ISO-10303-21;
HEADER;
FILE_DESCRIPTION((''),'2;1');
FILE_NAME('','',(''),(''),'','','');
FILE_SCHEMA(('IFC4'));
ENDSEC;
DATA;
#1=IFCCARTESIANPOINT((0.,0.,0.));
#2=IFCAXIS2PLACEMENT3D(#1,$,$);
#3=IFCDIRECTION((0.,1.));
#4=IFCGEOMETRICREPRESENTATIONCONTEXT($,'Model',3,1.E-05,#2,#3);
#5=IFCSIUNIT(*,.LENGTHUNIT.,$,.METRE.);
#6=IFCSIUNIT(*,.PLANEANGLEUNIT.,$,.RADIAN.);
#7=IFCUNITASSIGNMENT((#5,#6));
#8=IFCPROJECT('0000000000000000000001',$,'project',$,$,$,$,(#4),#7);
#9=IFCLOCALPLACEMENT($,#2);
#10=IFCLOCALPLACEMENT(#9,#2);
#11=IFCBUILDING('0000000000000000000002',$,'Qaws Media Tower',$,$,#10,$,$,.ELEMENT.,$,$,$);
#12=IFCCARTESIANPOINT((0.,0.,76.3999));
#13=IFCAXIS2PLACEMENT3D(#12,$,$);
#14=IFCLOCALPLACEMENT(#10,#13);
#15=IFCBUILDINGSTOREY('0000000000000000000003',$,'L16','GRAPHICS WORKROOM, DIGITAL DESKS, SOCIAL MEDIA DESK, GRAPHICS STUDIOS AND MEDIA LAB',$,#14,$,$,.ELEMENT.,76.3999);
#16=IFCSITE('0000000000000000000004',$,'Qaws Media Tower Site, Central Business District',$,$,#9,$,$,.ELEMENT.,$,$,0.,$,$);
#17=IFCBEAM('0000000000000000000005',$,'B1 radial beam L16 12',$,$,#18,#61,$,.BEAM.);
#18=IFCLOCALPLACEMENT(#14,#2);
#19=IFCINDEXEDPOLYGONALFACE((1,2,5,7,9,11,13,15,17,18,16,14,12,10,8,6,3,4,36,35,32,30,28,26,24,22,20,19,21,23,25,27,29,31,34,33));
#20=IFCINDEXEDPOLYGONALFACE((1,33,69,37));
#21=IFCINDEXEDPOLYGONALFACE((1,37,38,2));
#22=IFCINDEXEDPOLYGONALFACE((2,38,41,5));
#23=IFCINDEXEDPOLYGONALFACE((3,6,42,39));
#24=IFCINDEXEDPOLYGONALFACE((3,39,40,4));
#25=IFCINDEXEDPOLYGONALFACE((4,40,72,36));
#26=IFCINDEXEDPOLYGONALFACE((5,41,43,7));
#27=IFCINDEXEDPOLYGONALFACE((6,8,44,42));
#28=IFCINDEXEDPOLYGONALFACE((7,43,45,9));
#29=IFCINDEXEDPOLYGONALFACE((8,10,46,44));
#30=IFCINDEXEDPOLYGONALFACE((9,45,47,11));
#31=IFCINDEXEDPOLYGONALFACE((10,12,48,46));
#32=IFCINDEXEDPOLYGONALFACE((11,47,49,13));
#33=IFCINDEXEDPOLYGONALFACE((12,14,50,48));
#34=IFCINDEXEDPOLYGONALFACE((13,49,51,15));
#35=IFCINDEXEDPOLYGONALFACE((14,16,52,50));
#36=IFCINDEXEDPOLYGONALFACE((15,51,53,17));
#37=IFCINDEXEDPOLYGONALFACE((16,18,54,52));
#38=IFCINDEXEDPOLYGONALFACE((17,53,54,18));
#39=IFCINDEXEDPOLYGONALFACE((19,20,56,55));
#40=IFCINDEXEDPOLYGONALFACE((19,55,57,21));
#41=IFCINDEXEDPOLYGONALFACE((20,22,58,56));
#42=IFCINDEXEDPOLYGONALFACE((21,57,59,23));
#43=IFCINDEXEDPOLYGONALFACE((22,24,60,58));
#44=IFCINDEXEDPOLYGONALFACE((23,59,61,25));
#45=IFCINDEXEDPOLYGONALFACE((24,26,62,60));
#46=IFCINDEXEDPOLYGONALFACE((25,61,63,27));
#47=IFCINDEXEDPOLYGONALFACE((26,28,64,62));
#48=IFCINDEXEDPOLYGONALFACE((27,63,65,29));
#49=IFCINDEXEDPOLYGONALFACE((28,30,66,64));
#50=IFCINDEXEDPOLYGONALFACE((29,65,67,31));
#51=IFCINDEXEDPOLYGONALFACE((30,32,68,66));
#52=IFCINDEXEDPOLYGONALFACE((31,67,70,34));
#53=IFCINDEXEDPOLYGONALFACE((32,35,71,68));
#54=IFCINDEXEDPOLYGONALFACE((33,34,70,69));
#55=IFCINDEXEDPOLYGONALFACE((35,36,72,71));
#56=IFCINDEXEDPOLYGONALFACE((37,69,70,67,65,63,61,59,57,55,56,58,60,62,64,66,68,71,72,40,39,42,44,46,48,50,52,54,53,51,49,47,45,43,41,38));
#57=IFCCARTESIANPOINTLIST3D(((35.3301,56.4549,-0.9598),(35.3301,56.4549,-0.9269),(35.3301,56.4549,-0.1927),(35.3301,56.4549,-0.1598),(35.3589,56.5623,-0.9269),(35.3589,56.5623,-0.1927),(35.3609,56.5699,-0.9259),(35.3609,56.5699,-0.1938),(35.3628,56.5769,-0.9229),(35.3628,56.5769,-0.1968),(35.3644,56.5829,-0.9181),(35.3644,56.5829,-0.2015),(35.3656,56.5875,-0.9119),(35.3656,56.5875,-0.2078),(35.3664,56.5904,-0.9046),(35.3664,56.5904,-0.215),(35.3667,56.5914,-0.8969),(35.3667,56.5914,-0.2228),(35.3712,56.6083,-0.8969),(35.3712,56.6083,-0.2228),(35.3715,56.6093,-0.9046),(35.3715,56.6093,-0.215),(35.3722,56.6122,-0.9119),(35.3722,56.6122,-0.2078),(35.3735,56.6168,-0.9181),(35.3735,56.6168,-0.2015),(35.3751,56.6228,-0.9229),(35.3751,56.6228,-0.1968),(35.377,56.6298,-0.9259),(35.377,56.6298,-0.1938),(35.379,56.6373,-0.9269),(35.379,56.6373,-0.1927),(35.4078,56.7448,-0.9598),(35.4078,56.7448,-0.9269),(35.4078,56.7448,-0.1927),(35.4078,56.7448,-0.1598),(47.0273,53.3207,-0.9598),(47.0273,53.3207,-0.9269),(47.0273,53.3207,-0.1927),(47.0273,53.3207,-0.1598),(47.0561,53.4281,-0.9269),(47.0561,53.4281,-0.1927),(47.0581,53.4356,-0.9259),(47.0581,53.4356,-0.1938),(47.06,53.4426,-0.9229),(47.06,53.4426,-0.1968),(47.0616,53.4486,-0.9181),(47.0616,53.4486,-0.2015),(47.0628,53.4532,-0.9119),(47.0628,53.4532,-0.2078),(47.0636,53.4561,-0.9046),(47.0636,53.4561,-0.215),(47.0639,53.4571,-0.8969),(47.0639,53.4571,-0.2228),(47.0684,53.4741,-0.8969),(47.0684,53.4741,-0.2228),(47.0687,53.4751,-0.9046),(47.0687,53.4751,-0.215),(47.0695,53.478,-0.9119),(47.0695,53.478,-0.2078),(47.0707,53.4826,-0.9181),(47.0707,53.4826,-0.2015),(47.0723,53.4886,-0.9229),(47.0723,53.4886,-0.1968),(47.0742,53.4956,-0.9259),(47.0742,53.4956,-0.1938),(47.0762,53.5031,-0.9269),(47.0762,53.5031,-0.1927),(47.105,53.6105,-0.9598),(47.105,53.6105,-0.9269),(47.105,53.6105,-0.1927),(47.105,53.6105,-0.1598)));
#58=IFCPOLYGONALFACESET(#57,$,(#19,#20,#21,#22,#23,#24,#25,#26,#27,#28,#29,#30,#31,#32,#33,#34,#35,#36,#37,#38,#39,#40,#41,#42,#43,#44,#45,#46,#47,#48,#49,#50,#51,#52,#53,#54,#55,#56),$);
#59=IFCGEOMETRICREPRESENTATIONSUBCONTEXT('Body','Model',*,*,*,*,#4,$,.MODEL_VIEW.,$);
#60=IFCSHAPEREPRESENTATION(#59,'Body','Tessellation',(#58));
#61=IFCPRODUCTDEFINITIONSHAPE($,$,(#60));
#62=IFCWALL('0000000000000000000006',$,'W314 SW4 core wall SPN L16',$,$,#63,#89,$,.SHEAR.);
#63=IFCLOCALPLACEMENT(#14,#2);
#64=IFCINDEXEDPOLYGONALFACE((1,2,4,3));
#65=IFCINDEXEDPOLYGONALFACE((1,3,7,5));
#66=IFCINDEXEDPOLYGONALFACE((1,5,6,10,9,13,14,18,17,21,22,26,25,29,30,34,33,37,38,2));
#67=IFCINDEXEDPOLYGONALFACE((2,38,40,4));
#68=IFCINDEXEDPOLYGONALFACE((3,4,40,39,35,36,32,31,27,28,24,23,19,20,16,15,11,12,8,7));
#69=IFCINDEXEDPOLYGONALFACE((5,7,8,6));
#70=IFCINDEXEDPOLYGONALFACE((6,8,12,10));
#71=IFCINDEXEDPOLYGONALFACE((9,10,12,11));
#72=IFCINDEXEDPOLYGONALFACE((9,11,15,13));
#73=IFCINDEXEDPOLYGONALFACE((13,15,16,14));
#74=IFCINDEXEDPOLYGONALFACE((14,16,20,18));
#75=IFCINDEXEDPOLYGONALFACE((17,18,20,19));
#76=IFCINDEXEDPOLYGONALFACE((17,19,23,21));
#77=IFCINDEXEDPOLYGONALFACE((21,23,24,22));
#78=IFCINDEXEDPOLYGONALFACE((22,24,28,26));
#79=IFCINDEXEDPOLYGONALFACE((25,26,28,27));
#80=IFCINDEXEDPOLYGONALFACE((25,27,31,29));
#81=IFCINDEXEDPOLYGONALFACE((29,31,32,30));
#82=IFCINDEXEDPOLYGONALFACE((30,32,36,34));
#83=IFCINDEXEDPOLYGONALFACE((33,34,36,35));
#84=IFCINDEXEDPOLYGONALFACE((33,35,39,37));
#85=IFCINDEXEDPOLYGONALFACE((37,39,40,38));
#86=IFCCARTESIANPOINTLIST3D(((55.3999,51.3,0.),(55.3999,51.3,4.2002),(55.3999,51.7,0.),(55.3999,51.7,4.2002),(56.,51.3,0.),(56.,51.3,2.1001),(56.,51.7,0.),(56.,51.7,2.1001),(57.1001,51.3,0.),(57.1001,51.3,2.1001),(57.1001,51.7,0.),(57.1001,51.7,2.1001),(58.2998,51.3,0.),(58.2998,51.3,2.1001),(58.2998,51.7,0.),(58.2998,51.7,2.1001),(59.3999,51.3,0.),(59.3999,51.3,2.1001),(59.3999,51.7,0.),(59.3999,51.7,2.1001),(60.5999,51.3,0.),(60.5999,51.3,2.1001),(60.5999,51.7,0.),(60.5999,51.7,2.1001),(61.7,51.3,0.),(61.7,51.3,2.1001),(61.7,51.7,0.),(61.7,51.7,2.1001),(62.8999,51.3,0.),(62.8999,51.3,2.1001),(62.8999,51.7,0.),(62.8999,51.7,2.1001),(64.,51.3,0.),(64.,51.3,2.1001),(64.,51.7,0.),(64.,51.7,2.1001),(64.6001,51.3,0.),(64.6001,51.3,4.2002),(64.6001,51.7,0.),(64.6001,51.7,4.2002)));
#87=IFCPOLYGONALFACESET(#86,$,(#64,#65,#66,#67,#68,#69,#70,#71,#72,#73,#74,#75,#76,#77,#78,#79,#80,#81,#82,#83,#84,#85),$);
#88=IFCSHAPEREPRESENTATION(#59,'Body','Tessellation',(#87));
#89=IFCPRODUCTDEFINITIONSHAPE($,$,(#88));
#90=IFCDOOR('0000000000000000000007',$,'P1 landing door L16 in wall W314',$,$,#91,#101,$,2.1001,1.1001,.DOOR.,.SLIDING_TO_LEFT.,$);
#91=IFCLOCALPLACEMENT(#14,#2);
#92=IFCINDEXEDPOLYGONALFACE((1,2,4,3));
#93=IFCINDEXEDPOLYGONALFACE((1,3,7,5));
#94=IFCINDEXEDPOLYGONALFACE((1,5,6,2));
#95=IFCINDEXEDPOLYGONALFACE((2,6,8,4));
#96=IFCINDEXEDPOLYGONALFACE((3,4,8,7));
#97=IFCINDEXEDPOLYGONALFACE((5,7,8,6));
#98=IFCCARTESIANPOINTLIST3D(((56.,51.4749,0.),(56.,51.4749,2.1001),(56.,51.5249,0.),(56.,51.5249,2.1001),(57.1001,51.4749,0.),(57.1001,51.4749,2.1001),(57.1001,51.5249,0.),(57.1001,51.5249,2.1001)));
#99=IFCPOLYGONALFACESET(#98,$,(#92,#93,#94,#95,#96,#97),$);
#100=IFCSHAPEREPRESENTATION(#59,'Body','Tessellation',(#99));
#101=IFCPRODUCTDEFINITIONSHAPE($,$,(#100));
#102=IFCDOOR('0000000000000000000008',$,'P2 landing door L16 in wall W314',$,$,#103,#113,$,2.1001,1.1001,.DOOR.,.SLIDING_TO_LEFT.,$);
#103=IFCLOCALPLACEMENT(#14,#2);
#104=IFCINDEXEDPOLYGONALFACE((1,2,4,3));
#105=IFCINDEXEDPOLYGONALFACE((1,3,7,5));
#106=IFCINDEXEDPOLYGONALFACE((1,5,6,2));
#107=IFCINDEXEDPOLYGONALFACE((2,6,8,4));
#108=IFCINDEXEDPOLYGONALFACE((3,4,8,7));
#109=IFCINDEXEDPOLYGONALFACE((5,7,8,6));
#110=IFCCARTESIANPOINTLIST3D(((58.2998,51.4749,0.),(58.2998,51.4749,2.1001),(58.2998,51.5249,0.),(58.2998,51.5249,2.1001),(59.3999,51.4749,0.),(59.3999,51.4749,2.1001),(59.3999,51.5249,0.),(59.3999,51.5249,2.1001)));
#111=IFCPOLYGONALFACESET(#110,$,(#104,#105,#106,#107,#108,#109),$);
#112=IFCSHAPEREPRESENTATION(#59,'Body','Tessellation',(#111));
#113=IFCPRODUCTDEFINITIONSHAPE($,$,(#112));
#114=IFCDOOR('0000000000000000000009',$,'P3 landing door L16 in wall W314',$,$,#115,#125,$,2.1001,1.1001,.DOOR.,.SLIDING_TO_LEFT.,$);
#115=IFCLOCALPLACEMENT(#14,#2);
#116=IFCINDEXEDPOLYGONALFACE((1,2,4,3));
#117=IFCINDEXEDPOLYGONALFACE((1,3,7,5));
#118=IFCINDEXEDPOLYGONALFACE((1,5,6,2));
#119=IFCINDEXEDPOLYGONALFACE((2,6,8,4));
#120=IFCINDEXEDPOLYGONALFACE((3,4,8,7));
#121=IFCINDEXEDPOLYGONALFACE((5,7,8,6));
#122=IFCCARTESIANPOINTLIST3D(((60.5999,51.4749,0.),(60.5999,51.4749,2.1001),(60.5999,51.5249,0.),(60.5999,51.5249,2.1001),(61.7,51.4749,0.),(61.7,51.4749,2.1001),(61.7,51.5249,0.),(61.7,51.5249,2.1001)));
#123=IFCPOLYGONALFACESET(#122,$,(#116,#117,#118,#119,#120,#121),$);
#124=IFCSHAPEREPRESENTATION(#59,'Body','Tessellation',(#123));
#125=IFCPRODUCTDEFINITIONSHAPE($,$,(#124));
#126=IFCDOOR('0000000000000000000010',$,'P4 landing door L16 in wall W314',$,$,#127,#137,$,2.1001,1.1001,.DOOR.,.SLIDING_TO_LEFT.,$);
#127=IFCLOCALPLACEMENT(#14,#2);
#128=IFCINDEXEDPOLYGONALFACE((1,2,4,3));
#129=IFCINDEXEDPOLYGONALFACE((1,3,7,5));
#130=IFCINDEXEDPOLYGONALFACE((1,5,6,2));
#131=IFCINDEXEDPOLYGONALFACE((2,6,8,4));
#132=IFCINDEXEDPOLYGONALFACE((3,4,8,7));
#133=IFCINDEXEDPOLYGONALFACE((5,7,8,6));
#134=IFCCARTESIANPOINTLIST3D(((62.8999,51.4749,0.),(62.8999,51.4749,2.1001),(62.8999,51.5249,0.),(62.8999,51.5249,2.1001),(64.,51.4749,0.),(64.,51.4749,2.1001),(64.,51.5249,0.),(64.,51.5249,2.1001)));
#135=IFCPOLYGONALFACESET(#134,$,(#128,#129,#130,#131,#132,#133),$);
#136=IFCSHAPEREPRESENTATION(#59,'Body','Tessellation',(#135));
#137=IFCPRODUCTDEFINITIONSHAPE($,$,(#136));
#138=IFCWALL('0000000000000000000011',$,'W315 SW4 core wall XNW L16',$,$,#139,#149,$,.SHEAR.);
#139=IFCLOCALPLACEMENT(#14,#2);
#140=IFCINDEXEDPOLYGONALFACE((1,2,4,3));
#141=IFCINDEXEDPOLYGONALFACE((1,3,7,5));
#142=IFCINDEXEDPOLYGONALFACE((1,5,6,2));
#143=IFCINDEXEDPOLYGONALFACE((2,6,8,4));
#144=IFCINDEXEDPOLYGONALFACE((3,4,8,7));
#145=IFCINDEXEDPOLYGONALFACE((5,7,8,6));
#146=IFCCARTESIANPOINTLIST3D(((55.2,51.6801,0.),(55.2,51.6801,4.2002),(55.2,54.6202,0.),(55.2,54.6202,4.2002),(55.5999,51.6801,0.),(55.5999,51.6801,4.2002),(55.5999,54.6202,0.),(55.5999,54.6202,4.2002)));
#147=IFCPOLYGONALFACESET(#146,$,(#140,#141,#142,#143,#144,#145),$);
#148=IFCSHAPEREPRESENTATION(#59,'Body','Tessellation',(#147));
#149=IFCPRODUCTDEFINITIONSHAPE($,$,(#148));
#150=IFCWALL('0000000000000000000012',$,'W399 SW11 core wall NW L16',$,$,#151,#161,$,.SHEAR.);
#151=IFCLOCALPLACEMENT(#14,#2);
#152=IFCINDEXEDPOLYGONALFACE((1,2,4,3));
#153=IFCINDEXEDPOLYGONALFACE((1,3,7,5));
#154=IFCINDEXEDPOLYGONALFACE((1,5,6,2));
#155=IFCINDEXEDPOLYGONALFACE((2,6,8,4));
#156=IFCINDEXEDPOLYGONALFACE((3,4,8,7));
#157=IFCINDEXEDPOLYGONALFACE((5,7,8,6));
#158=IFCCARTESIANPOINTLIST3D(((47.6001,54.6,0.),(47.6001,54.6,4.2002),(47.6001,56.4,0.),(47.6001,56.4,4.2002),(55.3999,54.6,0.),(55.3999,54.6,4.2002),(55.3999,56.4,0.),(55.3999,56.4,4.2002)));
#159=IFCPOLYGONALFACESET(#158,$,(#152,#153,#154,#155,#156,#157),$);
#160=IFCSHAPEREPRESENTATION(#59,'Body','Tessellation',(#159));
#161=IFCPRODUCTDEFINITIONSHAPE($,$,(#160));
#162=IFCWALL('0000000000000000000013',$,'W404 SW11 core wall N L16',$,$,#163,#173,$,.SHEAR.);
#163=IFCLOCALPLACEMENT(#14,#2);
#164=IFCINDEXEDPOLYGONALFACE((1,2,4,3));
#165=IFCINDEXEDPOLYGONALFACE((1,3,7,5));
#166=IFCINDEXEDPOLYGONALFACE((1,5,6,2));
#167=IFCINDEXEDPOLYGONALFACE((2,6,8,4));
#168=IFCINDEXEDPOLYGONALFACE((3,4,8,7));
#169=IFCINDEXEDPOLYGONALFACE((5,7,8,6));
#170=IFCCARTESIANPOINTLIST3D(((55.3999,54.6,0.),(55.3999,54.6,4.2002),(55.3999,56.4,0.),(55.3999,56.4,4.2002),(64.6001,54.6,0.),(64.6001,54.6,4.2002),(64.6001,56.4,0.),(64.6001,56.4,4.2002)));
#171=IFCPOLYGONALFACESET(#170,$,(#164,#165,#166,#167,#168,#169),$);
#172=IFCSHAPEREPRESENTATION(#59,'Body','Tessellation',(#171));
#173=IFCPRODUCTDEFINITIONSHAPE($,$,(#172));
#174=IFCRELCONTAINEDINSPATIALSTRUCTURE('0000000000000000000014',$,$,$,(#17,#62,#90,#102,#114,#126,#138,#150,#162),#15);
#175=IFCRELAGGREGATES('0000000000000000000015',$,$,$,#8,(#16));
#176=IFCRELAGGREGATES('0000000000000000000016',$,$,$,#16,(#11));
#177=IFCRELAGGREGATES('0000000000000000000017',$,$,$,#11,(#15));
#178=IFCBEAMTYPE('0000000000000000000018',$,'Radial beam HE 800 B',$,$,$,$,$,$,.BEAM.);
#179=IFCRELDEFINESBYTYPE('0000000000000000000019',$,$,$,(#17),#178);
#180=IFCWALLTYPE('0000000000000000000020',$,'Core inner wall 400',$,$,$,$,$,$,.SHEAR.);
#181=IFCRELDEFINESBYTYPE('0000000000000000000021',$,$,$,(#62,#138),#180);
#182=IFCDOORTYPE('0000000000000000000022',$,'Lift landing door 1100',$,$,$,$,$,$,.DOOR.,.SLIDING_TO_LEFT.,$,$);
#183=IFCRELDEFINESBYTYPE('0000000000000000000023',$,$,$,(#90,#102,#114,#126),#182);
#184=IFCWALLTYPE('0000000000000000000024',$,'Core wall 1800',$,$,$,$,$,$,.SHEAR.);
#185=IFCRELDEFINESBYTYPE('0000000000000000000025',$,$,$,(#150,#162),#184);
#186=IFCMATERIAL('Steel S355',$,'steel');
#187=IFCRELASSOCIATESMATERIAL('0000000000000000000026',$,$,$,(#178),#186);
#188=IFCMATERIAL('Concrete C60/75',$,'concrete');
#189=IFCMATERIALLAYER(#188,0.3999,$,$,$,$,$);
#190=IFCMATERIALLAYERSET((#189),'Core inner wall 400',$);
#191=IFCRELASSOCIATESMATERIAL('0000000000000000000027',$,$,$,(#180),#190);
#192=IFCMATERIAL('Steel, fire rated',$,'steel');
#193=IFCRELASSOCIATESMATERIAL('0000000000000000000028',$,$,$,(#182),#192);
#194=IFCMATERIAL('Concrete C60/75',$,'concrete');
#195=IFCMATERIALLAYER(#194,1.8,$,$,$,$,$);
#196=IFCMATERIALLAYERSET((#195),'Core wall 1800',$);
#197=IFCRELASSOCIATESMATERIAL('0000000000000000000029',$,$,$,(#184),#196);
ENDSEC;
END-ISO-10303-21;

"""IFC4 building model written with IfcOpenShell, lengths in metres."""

from ifc_helpers import new_model, si_unit, direction, frame, frame_2d, origin, origin_2d, place, context, subcontext, project, spatial, rectangle, i_section, extrude, material, layer, layer_set, material_profile, profile_set, type_object, element, fill, save


model = new_model("IFC4")

# Units and contexts
model_context = context("Model", 3, precision=1e-05, world=origin(), true_north=direction((0.0, 1.0)))
body_context = subcontext(model_context, "Body", "Model", "MODEL_VIEW")
ifc_project = project(units=[si_unit("LENGTHUNIT", "METRE"), si_unit("PLANEANGLEUNIT", "RADIAN")], contexts=[model_context])

# Site, building, storey
site_placement = place(None, origin())
site = spatial("IfcSite", under=ifc_project, at=site_placement, Name="Qaws Media Tower Site, Central Business District", CompositionType="ELEMENT", RefElevation=0.0)
building_placement = place(site_placement, origin())
building = spatial("IfcBuilding", under=site, at=building_placement, Name="Qaws Media Tower", CompositionType="ELEMENT")
storey_placement = place(building_placement, frame((0.0, 0.0, 76.3999)))
storey = spatial("IfcBuildingStorey", under=building, at=storey_placement, Name="L16", Description="GRAPHICS WORKROOM, DIGITAL DESKS, SOCIAL MEDIA DESK, GRAPHICS STUDIOS AND MEDIA LAB", CompositionType="ELEMENT", Elevation=76.3999)

# Beam
ifc_material_1 = material(Name="Steel S355", Category="steel")
ifc_material_profile_1 = material_profile(ifc_material_1, i_section(OverallWidth=0.3, OverallDepth=0.8, WebThickness=0.0176, FlangeThickness=0.033, FilletRadius=0.03, at=origin_2d()), Name="HE 800 B")
ifc_profile_set_1 = profile_set([ifc_material_profile_1], Name="Steel S355")
beam_type_1 = type_object("IfcBeamType", Name="Radial beam HE 800 B", PredefinedType="BEAM", material=ifc_profile_set_1)
beam_1_placement = place(storey_placement, frame((47.0662, 53.4656, -0.5598), z_axis=(-0.965926, 0.258819, 0.0), x_axis=(-0.258819, -0.965926, 0.0)))
element("IfcBeam", 1, at=beam_1_placement, inside=storey, type_object=beam_type_1, Name="B1 radial beam L16 12", PredefinedType="BEAM", context=body_context, shape_type="SweptSolid", body=[
    extrude(i_section(OverallWidth=0.3, OverallDepth=0.8, WebThickness=0.0176, FlangeThickness=0.033, FilletRadius=0.03, at=origin_2d()), origin(), (0.0, 0.0, 1.0), 12.1099),
])

# Wall, openings, doors
ifc_material_2 = material(Name="Concrete C60/75", Category="concrete")
ifc_layer_1 = layer(ifc_material_2, 0.3999)
ifc_layer_set_1 = layer_set([ifc_layer_1], Name="Core inner wall 400")
wall_type_1 = type_object("IfcWallType", Name="Core inner wall 400", PredefinedType="SHEAR", material=ifc_layer_set_1)
wall_1_placement = place(storey_placement, frame((55.3999, 51.5, 0.0), z_axis=(0.0, 0.0, 1.0), x_axis=(1.0, 0.0, 0.0)))
wall_1 = element("IfcWall", 2, at=wall_1_placement, inside=storey, type_object=wall_type_1, Name="W314 SW4 core wall SPN L16", PredefinedType="SHEAR", context=body_context, shape_type="SweptSolid", body=[
    extrude(rectangle(XDim=9.2002, YDim=0.3999, at=frame_2d((4.6001, 0.0))), origin(), (0.0, 0.0, 1.0), 4.2002),
])
opening_1_placement = place(wall_1_placement, frame((0.6001, 0.0, 0.0)))
opening_1 = element("IfcOpeningElement", 3, at=opening_1_placement, cuts=wall_1, PredefinedType="OPENING", context=body_context, shape_type="SweptSolid", body=[
    extrude(rectangle(XDim=1.1001, YDim=2.1001, at=frame_2d((0.55, 1.05))), frame((0.0, 0.21, 0.0), z_axis=(0.0, -1.0, 0.0), x_axis=(1.0, 0.0, 0.0)), (0.0, 0.0, 1.0), 0.4199),
])
opening_2_placement = place(wall_1_placement, frame((2.8999, 0.0, 0.0)))
opening_2 = element("IfcOpeningElement", 4, at=opening_2_placement, cuts=wall_1, PredefinedType="OPENING", context=body_context, shape_type="SweptSolid", body=[
    extrude(rectangle(XDim=1.1001, YDim=2.1001, at=frame_2d((0.55, 1.05))), frame((0.0, 0.21, 0.0), z_axis=(0.0, -1.0, 0.0), x_axis=(1.0, 0.0, 0.0)), (0.0, 0.0, 1.0), 0.4199),
])
opening_3_placement = place(wall_1_placement, frame((5.2, 0.0, 0.0)))
opening_3 = element("IfcOpeningElement", 5, at=opening_3_placement, cuts=wall_1, PredefinedType="OPENING", context=body_context, shape_type="SweptSolid", body=[
    extrude(rectangle(XDim=1.1001, YDim=2.1001, at=frame_2d((0.55, 1.05))), frame((0.0, 0.21, 0.0), z_axis=(0.0, -1.0, 0.0), x_axis=(1.0, 0.0, 0.0)), (0.0, 0.0, 1.0), 0.4199),
])
opening_4_placement = place(wall_1_placement, frame((7.5, 0.0, 0.0)))
opening_4 = element("IfcOpeningElement", 6, at=opening_4_placement, cuts=wall_1, PredefinedType="OPENING", context=body_context, shape_type="SweptSolid", body=[
    extrude(rectangle(XDim=1.1001, YDim=2.1001, at=frame_2d((0.55, 1.05))), frame((0.0, 0.21, 0.0), z_axis=(0.0, -1.0, 0.0), x_axis=(1.0, 0.0, 0.0)), (0.0, 0.0, 1.0), 0.4199),
])
ifc_material_3 = material(Name="Steel, fire rated", Category="steel")
door_type_1 = type_object("IfcDoorType", Name="Lift landing door 1100", OperationType="SLIDING_TO_LEFT", PredefinedType="DOOR", material=ifc_material_3)
door_1_placement = place(opening_1_placement, origin())
door_1 = element("IfcDoor", 7, at=door_1_placement, inside=storey, type_object=door_type_1, Name="P1 landing door L16 in wall W314", OperationType="SLIDING_TO_LEFT", OverallHeight=2.1001, OverallWidth=1.1001, PredefinedType="DOOR", context=body_context, shape_type="SweptSolid", body=[
    extrude(rectangle(XDim=1.1001, YDim=2.1001, at=frame_2d((0.55, 1.05))), frame((0.0, 0.0249, 0.0), z_axis=(0.0, -1.0, 0.0), x_axis=(1.0, 0.0, 0.0)), (0.0, 0.0, 1.0), 0.05),
])
fill(opening_1, door_1)
door_2_placement = place(opening_2_placement, origin())
door_2 = element("IfcDoor", 8, at=door_2_placement, inside=storey, type_object=door_type_1, Name="P2 landing door L16 in wall W314", OperationType="SLIDING_TO_LEFT", OverallHeight=2.1001, OverallWidth=1.1001, PredefinedType="DOOR", context=body_context, shape_type="SweptSolid", body=[
    extrude(rectangle(XDim=1.1001, YDim=2.1001, at=frame_2d((0.55, 1.05))), frame((0.0, 0.0249, 0.0), z_axis=(0.0, -1.0, 0.0), x_axis=(1.0, 0.0, 0.0)), (0.0, 0.0, 1.0), 0.05),
])
fill(opening_2, door_2)
door_3_placement = place(opening_3_placement, origin())
door_3 = element("IfcDoor", 9, at=door_3_placement, inside=storey, type_object=door_type_1, Name="P3 landing door L16 in wall W314", OperationType="SLIDING_TO_LEFT", OverallHeight=2.1001, OverallWidth=1.1001, PredefinedType="DOOR", context=body_context, shape_type="SweptSolid", body=[
    extrude(rectangle(XDim=1.1001, YDim=2.1001, at=frame_2d((0.55, 1.05))), frame((0.0, 0.0249, 0.0), z_axis=(0.0, -1.0, 0.0), x_axis=(1.0, 0.0, 0.0)), (0.0, 0.0, 1.0), 0.05),
])
fill(opening_3, door_3)
door_4_placement = place(opening_4_placement, origin())
door_4 = element("IfcDoor", 10, at=door_4_placement, inside=storey, type_object=door_type_1, Name="P4 landing door L16 in wall W314", OperationType="SLIDING_TO_LEFT", OverallHeight=2.1001, OverallWidth=1.1001, PredefinedType="DOOR", context=body_context, shape_type="SweptSolid", body=[
    extrude(rectangle(XDim=1.1001, YDim=2.1001, at=frame_2d((0.55, 1.05))), frame((0.0, 0.0249, 0.0), z_axis=(0.0, -1.0, 0.0), x_axis=(1.0, 0.0, 0.0)), (0.0, 0.0, 1.0), 0.05),
])
fill(opening_4, door_4)

# Walls
wall_2_placement = place(storey_placement, frame((55.3999, 51.6799, 0.0), z_axis=(0.0, 0.0, 1.0), x_axis=(0.0, 1.0, 0.0)))
element("IfcWall", 11, at=wall_2_placement, inside=storey, type_object=wall_type_1, Name="W315 SW4 core wall XNW L16", PredefinedType="SHEAR", context=body_context, shape_type="SweptSolid", body=[
    extrude(rectangle(XDim=2.9402, YDim=0.3999, at=frame_2d((1.4702, 0.0))), origin(), (0.0, 0.0, 1.0), 4.2002),
])
ifc_material_4 = material(Name="Concrete C60/75", Category="concrete")
ifc_layer_2 = layer(ifc_material_4, 1.8)
ifc_layer_set_2 = layer_set([ifc_layer_2], Name="Core wall 1800")
wall_type_2 = type_object("IfcWallType", Name="Core wall 1800", PredefinedType="SHEAR", material=ifc_layer_set_2)
wall_3_placement = place(storey_placement, frame((47.6001, 55.5, 0.0), z_axis=(0.0, 0.0, 1.0), x_axis=(1.0, 0.0, 0.0)))
element("IfcWall", 12, at=wall_3_placement, inside=storey, type_object=wall_type_2, Name="W399 SW11 core wall NW L16", PredefinedType="SHEAR", context=body_context, shape_type="SweptSolid", body=[
    extrude(rectangle(XDim=7.7998, YDim=1.8, at=frame_2d((3.8999, 0.0))), origin(), (0.0, 0.0, 1.0), 4.2002),
])
wall_4_placement = place(storey_placement, frame((55.3999, 55.5, 0.0), z_axis=(0.0, 0.0, 1.0), x_axis=(1.0, 0.0, 0.0)))
element("IfcWall", 13, at=wall_4_placement, inside=storey, type_object=wall_type_2, Name="W404 SW11 core wall N L16", PredefinedType="SHEAR", context=body_context, shape_type="SweptSolid", body=[
    extrude(rectangle(XDim=9.2002, YDim=1.8, at=frame_2d((4.6001, 0.0))), origin(), (0.0, 0.0, 1.0), 4.2002),
])

save(model, "model.ifc")
